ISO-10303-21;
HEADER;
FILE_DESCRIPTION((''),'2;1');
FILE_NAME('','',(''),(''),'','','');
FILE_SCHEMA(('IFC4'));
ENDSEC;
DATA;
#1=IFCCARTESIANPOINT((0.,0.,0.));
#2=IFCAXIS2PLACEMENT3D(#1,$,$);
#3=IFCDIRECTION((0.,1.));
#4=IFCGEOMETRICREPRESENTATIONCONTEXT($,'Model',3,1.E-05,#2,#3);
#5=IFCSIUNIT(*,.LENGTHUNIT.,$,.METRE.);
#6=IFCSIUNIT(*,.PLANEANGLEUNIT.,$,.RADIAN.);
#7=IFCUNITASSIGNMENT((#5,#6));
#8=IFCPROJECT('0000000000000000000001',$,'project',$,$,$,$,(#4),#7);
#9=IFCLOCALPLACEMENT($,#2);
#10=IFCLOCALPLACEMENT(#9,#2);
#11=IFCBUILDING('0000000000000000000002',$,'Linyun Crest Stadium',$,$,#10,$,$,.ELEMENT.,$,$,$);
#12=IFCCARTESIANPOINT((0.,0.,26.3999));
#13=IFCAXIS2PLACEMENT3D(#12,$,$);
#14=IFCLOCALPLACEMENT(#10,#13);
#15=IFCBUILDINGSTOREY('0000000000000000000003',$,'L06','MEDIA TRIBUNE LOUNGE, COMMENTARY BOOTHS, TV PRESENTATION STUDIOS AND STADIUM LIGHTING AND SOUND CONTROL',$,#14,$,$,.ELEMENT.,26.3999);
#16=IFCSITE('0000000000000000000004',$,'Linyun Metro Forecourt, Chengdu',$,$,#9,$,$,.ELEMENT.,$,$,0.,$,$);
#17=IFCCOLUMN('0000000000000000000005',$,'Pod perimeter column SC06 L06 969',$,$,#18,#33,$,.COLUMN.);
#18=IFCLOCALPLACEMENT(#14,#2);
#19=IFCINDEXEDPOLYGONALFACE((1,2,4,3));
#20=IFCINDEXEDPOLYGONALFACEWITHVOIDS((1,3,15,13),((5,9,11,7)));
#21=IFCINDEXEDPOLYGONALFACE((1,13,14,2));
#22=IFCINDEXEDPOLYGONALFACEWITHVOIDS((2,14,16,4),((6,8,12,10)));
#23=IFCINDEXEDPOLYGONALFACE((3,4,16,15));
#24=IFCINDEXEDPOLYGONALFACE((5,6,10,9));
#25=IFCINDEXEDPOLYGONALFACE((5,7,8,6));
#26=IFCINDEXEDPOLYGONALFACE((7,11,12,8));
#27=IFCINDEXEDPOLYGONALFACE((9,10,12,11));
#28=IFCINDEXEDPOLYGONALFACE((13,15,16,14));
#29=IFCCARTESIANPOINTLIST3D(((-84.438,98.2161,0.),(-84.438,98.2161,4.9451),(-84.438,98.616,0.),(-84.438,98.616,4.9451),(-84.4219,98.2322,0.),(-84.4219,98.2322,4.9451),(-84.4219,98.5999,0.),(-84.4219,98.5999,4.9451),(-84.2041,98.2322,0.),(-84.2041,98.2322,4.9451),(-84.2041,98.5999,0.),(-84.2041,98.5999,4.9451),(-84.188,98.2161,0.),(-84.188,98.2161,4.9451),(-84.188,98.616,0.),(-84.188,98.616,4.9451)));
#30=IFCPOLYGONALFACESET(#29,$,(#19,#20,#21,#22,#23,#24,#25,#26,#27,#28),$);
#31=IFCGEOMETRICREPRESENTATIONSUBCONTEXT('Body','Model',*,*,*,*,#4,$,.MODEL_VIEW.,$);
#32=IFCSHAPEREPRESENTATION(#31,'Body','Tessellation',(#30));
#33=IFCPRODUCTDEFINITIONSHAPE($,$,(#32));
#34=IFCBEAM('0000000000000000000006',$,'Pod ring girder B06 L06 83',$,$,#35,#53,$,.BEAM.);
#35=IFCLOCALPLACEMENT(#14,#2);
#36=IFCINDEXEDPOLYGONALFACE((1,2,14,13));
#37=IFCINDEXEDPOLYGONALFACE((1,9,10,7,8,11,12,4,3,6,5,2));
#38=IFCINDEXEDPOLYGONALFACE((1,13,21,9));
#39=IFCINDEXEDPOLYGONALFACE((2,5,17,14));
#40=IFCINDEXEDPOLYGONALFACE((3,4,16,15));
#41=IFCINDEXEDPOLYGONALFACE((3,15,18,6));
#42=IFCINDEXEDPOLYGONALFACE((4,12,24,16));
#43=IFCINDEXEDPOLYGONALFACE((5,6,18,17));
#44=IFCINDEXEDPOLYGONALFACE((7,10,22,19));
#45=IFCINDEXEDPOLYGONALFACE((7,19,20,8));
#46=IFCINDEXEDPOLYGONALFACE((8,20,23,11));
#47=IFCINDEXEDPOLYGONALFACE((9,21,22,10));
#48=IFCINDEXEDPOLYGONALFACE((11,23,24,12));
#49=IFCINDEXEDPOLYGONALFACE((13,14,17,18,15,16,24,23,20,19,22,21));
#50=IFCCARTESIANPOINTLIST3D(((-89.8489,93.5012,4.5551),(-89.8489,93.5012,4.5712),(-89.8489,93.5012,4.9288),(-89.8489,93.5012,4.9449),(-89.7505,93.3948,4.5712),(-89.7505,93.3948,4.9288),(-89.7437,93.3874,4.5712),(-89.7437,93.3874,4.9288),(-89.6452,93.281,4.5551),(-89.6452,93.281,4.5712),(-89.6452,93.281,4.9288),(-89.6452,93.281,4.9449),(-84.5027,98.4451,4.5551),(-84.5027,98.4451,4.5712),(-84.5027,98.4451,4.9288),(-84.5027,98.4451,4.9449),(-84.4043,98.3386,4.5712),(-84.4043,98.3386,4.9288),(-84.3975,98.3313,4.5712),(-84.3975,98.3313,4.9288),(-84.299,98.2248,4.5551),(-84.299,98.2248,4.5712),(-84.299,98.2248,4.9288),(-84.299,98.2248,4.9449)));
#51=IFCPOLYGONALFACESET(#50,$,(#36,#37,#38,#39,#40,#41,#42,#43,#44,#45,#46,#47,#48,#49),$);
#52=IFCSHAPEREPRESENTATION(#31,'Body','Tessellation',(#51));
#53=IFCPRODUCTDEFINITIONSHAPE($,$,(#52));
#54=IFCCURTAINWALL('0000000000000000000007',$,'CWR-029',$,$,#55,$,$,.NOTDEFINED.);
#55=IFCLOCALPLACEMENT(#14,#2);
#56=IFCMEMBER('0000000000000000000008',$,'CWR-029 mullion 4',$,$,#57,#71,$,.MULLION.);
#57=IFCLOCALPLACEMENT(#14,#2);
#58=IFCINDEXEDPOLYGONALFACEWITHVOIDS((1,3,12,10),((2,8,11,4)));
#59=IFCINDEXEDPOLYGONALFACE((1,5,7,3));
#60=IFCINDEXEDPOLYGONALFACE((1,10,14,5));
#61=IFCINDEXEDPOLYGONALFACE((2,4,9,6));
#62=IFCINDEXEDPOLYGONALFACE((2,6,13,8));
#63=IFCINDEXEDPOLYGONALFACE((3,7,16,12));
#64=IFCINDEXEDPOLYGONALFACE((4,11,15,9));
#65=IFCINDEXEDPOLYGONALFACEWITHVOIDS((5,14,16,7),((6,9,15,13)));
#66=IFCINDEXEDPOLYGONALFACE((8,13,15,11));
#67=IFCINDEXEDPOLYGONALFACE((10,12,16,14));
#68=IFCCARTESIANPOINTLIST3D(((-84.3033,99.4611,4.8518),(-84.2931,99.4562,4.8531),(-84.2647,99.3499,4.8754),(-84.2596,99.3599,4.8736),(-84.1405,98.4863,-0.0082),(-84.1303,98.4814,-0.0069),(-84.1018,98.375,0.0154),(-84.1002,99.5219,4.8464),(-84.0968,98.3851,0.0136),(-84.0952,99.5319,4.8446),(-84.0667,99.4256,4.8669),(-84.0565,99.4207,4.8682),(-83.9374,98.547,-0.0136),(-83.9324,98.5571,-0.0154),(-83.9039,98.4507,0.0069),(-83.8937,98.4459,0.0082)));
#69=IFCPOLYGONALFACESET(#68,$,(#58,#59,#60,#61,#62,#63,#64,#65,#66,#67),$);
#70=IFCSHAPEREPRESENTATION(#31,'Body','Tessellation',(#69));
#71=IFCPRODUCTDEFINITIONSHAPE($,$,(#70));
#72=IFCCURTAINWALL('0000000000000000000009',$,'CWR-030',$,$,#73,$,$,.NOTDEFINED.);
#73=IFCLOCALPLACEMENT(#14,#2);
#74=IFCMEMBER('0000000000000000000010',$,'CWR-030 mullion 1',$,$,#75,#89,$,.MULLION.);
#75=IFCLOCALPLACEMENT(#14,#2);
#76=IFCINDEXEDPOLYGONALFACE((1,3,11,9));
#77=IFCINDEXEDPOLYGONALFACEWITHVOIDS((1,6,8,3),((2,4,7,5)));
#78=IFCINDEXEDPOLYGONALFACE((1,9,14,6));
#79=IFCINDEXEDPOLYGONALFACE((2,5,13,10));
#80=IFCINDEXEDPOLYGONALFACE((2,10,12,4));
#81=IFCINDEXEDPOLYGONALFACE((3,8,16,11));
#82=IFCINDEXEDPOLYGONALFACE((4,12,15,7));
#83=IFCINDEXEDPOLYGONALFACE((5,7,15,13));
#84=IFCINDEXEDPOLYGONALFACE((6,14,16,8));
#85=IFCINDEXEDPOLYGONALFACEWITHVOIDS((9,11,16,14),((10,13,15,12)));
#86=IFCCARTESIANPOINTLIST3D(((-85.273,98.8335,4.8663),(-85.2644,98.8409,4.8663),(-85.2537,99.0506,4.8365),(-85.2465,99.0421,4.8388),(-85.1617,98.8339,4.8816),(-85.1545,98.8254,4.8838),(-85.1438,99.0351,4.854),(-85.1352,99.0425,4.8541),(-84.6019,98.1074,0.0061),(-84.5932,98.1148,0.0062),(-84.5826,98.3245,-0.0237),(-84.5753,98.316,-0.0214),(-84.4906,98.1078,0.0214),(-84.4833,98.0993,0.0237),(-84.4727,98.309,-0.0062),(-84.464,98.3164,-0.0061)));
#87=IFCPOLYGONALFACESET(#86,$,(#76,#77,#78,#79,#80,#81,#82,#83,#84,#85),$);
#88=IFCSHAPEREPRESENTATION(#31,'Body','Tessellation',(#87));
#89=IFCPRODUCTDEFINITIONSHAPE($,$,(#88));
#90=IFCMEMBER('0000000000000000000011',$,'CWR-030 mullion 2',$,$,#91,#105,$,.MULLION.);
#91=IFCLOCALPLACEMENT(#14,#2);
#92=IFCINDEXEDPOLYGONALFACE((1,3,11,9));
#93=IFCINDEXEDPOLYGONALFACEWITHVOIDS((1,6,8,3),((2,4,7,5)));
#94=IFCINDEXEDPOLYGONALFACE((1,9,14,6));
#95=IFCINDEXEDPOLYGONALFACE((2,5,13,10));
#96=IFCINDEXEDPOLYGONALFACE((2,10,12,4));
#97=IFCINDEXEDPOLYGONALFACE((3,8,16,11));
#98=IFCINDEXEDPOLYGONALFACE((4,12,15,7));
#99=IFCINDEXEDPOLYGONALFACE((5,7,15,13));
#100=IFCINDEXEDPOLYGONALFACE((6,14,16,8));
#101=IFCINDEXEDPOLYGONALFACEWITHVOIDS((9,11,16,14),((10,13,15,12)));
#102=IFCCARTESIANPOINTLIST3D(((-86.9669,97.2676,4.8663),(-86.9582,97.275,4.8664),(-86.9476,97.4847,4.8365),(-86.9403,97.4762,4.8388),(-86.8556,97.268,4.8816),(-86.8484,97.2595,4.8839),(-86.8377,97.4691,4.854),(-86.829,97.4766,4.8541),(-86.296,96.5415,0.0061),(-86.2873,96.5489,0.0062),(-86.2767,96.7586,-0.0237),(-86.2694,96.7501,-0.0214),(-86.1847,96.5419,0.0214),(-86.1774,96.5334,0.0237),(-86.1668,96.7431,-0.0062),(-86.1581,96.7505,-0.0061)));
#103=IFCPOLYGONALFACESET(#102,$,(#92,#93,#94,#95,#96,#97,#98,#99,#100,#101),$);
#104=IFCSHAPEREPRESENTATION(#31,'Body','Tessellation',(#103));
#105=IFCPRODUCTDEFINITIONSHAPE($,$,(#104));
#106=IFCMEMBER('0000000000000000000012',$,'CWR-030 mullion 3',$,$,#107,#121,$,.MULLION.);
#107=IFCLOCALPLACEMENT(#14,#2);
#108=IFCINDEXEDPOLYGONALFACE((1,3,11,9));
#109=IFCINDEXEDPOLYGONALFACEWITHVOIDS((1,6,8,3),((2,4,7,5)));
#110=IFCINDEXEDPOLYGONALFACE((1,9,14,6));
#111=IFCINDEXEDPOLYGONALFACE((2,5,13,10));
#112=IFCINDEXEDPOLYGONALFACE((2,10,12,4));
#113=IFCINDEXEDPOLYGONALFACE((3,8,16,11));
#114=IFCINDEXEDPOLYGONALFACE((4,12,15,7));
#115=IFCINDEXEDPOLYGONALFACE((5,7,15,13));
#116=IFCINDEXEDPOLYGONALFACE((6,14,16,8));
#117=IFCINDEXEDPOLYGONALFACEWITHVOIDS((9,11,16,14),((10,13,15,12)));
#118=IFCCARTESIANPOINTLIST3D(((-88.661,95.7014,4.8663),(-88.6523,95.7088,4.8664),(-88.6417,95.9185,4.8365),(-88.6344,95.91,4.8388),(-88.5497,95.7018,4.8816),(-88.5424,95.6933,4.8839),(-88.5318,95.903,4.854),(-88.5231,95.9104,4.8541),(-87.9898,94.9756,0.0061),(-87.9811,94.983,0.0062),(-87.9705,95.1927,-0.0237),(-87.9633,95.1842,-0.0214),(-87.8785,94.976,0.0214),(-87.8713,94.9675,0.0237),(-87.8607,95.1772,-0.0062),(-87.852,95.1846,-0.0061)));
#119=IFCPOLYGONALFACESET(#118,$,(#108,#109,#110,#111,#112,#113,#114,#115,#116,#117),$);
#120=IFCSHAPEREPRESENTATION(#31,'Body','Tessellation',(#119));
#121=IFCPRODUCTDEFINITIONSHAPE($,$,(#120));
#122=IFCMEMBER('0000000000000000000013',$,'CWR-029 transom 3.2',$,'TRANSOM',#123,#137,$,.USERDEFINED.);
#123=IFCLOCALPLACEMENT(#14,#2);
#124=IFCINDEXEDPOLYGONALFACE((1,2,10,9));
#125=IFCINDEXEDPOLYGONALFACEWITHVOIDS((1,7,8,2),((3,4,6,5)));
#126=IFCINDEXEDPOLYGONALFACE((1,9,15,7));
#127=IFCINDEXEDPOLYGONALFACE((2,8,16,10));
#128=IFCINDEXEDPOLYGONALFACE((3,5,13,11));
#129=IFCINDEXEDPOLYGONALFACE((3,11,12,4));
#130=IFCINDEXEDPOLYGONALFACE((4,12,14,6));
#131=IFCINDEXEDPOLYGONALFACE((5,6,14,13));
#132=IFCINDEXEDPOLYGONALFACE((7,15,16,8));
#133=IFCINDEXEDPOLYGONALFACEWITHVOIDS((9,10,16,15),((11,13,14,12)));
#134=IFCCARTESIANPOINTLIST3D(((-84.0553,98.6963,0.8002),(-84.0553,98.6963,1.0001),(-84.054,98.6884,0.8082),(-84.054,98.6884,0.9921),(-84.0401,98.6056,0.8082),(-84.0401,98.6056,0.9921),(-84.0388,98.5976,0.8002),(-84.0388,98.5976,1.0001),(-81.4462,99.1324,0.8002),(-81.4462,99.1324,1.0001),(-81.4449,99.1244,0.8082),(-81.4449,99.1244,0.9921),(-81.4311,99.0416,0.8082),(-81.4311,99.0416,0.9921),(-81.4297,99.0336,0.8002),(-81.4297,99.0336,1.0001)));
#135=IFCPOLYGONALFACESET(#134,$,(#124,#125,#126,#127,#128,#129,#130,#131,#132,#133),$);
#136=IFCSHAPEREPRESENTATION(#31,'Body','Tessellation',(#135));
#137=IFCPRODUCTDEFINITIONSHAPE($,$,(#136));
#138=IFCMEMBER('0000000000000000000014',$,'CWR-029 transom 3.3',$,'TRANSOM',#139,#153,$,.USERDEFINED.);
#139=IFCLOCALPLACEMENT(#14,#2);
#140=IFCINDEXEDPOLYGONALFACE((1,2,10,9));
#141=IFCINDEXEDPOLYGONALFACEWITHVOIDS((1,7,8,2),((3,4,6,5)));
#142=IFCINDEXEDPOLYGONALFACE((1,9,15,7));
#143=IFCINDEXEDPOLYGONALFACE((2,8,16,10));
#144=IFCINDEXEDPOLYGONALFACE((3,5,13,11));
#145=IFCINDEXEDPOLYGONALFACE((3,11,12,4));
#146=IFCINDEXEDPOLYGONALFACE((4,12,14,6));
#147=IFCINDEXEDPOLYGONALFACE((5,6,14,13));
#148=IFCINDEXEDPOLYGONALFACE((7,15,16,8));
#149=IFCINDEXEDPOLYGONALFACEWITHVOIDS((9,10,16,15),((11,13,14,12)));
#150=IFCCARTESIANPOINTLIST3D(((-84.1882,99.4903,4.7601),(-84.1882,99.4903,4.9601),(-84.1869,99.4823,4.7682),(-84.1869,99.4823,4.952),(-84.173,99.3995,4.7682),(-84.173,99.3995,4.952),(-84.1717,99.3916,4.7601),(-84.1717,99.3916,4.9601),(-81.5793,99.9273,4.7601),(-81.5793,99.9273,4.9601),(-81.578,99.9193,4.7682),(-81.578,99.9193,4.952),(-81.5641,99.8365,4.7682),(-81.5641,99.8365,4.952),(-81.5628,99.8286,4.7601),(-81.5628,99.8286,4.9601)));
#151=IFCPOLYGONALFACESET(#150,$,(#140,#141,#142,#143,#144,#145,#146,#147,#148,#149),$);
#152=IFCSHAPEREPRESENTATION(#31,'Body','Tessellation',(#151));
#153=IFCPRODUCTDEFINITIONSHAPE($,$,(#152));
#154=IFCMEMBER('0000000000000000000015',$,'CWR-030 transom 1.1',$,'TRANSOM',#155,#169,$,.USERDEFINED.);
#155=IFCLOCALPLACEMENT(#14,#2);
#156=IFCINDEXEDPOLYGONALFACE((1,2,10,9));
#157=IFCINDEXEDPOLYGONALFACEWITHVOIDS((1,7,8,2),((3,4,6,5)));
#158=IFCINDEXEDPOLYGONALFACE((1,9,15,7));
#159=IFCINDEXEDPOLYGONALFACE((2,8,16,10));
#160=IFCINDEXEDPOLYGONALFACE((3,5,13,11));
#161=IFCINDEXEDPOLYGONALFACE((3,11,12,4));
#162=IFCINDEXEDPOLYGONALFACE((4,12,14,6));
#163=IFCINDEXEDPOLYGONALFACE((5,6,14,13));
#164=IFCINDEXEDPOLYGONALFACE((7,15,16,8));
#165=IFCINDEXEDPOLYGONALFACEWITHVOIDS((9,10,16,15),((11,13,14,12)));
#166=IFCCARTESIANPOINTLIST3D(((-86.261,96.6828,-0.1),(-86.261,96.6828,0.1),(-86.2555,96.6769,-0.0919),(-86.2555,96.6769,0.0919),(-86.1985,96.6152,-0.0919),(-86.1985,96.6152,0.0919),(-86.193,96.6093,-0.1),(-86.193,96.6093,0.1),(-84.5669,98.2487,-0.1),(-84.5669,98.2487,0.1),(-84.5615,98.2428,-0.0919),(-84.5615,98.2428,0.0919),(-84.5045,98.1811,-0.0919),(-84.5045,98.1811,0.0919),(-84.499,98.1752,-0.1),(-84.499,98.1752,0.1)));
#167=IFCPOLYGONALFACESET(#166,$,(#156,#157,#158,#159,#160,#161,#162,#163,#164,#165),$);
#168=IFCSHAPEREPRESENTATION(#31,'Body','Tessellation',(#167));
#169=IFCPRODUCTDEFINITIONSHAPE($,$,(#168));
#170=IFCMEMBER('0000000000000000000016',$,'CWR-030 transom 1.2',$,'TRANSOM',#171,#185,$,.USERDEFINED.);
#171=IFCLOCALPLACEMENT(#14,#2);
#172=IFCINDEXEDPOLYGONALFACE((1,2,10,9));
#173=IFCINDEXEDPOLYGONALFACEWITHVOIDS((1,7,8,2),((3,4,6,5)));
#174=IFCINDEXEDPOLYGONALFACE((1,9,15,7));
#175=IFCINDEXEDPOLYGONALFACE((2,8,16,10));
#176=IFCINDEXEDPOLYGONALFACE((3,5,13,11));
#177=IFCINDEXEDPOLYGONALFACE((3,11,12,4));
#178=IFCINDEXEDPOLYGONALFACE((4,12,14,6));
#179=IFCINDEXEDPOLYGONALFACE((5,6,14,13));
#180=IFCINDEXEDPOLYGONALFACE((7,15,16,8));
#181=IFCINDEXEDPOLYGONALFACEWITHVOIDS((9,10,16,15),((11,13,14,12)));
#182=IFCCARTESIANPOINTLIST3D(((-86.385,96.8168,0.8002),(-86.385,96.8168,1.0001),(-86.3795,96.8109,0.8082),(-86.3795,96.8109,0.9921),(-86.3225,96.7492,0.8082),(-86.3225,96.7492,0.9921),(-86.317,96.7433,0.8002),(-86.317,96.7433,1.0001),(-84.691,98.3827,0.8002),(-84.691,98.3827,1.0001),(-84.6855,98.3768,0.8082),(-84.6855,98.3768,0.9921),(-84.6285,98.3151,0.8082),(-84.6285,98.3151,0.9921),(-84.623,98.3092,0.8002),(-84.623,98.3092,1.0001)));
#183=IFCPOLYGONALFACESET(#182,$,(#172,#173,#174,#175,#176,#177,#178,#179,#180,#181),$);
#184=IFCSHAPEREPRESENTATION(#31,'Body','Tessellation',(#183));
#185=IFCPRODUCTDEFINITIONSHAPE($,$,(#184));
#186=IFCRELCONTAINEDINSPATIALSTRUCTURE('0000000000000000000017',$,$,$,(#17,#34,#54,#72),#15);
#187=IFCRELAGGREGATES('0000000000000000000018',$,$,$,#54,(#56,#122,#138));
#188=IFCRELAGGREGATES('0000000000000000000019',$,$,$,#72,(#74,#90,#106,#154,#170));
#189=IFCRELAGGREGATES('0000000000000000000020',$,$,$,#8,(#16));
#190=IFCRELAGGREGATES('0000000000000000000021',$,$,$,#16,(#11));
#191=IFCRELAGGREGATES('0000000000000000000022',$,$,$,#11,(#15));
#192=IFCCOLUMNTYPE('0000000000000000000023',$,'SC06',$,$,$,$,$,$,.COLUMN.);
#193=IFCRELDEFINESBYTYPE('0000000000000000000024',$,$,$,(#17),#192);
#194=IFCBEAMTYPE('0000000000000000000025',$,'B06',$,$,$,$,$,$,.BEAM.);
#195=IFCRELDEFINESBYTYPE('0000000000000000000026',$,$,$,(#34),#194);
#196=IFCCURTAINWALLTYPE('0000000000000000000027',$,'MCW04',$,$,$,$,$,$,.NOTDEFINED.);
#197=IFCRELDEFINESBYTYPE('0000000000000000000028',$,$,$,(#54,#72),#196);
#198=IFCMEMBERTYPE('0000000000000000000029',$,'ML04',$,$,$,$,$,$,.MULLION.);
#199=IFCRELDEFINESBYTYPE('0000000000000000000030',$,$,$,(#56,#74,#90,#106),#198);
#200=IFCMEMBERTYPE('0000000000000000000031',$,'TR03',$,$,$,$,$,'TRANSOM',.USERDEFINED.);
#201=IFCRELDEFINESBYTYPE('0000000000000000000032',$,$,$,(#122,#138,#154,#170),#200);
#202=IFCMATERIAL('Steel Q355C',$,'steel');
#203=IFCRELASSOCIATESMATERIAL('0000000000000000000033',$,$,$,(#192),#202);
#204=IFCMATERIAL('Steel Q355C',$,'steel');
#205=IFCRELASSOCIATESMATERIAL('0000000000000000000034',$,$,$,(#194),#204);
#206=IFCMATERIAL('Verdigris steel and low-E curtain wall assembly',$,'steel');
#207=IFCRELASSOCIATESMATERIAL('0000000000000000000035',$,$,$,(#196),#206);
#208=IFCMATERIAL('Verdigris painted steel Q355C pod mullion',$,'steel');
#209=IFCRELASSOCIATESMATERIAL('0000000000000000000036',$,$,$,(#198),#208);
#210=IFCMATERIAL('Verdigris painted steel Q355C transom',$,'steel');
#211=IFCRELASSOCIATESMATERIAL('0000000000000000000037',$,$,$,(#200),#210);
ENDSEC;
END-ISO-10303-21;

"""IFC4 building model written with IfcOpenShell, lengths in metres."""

from ifc_helpers import new_model, si_unit, direction, frame, origin, origin_2d, place, context, subcontext, project, spatial, hollow_rectangle, i_section, extrude, material, material_profile, profile_set, type_object, element, aggregate, save


model = new_model("IFC4")

# Units and contexts
model_context = context("Model", 3, precision=1e-05, world=origin(), true_north=direction((0.0, 1.0)))
body_context = subcontext(model_context, "Body", "Model", "MODEL_VIEW")
ifc_project = project(units=[si_unit("LENGTHUNIT", "METRE"), si_unit("PLANEANGLEUNIT", "RADIAN")], contexts=[model_context])

# Site, building, storey
site_placement = place(None, origin())
site = spatial("IfcSite", under=ifc_project, at=site_placement, Name="Linyun Metro Forecourt, Chengdu", CompositionType="ELEMENT", RefElevation=0.0)
building_placement = place(site_placement, origin())
building = spatial("IfcBuilding", under=site, at=building_placement, Name="Linyun Crest Stadium", CompositionType="ELEMENT")
storey_placement = place(building_placement, frame((0.0, 0.0, 26.3999)))
storey = spatial("IfcBuildingStorey", under=building, at=storey_placement, Name="L06", Description="MEDIA TRIBUNE LOUNGE, COMMENTARY BOOTHS, TV PRESENTATION STUDIOS AND STADIUM LIGHTING AND SOUND CONTROL", CompositionType="ELEMENT", Elevation=26.3999)

# Column
ifc_material_1 = material(Name="Steel Q355C", Category="steel")
ifc_material_profile_1 = material_profile(ifc_material_1, hollow_rectangle(XDim=0.25, YDim=0.3999, WallThickness=0.0161, at=origin_2d()), Name="RHS 400x250x16")
ifc_profile_set_1 = profile_set([ifc_material_profile_1], Name="Steel Q355C")
column_type = type_object("IfcColumnType", Name="SC06", PredefinedType="COLUMN", material=ifc_profile_set_1)
column_placement = place(storey_placement, frame((-84.313, 98.416, 0.0), z_axis=(0.0, 0.0, 1.0), x_axis=(1.0, 0.0, 0.0)))
element("IfcColumn", 1, at=column_placement, inside=storey, type_object=column_type, Name="Pod perimeter column SC06 L06 969", PredefinedType="COLUMN", context=body_context, shape_type="SweptSolid", body=[
    extrude(hollow_rectangle(XDim=0.25, YDim=0.3999, WallThickness=0.0161, at=origin_2d()), origin(), (0.0, 0.0, 1.0), 4.9451),
])

# Beam
ifc_material_2 = material(Name="Steel Q355C", Category="steel")
ifc_material_profile_2 = material_profile(ifc_material_2, i_section(OverallWidth=0.3, OverallDepth=0.3899, WebThickness=0.01, FlangeThickness=0.0161, at=origin_2d()), Name="HM 390x300")
ifc_profile_set_2 = profile_set([ifc_material_profile_2], Name="Steel Q355C")
beam_type = type_object("IfcBeamType", Name="B06", PredefinedType="BEAM", material=ifc_profile_set_2)
beam_placement = place(storey_placement, frame((-84.4009, 98.335, 4.75), z_axis=(-0.734194, -0.67894, 0.0), x_axis=(0.67894, -0.734194, 0.0)))
element("IfcBeam", 2, at=beam_placement, inside=storey, type_object=beam_type, Name="Pod ring girder B06 L06 83", PredefinedType="BEAM", context=body_context, shape_type="SweptSolid", body=[
    extrude(i_section(OverallWidth=0.3, OverallDepth=0.3899, WebThickness=0.01, FlangeThickness=0.0161, at=origin_2d()), origin(), (0.0, 0.0, 1.0), 7.2817),
])

# Curtain wall, member
ifc_material_3 = material(Name="Verdigris steel and low-E curtain wall assembly", Category="steel")
curtain_wall_type = type_object("IfcCurtainWallType", Name="MCW04", PredefinedType="NOTDEFINED", material=ifc_material_3)
curtain_wall_1_placement = place(storey_placement, origin())
curtain_wall_1 = element("IfcCurtainWall", 3, at=curtain_wall_1_placement, inside=storey, type_object=curtain_wall_type, Name="CWR-029", PredefinedType="NOTDEFINED")
ifc_material_4 = material(Name="Verdigris painted steel Q355C pod mullion", Category="steel")
ifc_material_profile_3 = material_profile(ifc_material_4, hollow_rectangle(XDim=0.1201, YDim=0.22, WallThickness=0.0081, at=origin_2d()), Name="RHS 220x120x8")
ifc_profile_set_3 = profile_set([ifc_material_profile_3], Name="Verdigris painted steel Q355C pod mullion")
member_type_1 = type_object("IfcMemberType", Name="ML04", PredefinedType="MULLION", material=ifc_profile_set_3)
member_1_placement = place(storey_placement, frame((-84.0171, 98.4661, 0.0), z_axis=(-0.032834, 0.196559, 0.979942), x_axis=(-0.322033, 0.926101, -0.19655)))
member_1 = element("IfcMember", 4, at=member_1_placement, type_object=member_type_1, Name="CWR-029 mullion 4", PredefinedType="MULLION", context=body_context, shape_type="SweptSolid", body=[
    extrude(hollow_rectangle(XDim=0.1201, YDim=0.22, WallThickness=0.0081, at=origin_2d()), origin(), (0.0, 0.0, 1.0), 4.9595),
])

# Curtain wall, members
curtain_wall_2_placement = place(storey_placement, origin())
curtain_wall_2 = element("IfcCurtainWall", 5, at=curtain_wall_2_placement, inside=storey, type_object=curtain_wall_type, Name="CWR-030", PredefinedType="NOTDEFINED")
member_2_placement = place(storey_placement, frame((-84.533, 98.2119, 0.0), z_axis=(-0.13532, 0.146396, 0.979927), x_axis=(-0.98691, 0.06766, -0.146392)))
member_2 = element("IfcMember", 6, at=member_2_placement, type_object=member_type_1, Name="CWR-030 mullion 1", PredefinedType="MULLION", context=body_context, shape_type="SweptSolid", body=[
    extrude(hollow_rectangle(XDim=0.1201, YDim=0.22, WallThickness=0.0081, at=origin_2d()), origin(), (0.0, 0.0, 1.0), 4.9597),
])
member_3_placement = place(storey_placement, frame((-86.2271, 96.646, 0.0), z_axis=(-0.135272, 0.146397, 0.979933), x_axis=(-0.986901, 0.067842, -0.146369)))
member_3 = element("IfcMember", 7, at=member_3_placement, type_object=member_type_1, Name="CWR-030 mullion 2", PredefinedType="MULLION", context=body_context, shape_type="SweptSolid", body=[
    extrude(hollow_rectangle(XDim=0.1201, YDim=0.22, WallThickness=0.0081, at=origin_2d()), origin(), (0.0, 0.0, 1.0), 4.9597),
])
member_4_placement = place(storey_placement, frame((-87.9209, 95.0801, 0.0), z_axis=(-0.135321, 0.146348, 0.979934), x_axis=(-0.986925, 0.067498, -0.146367)))
member_4 = element("IfcMember", 8, at=member_4_placement, type_object=member_type_1, Name="CWR-030 mullion 3", PredefinedType="MULLION", context=body_context, shape_type="SweptSolid", body=[
    extrude(hollow_rectangle(XDim=0.1201, YDim=0.22, WallThickness=0.0081, at=origin_2d()), origin(), (0.0, 0.0, 1.0), 4.9597),
])

# Members
ifc_material_5 = material(Name="Verdigris painted steel Q355C transom", Category="steel")
ifc_material_profile_4 = material_profile(ifc_material_5, hollow_rectangle(XDim=0.1001, YDim=0.2, WallThickness=0.0081, at=origin_2d()), Name="RHS 200x100x8")
ifc_profile_set_4 = profile_set([ifc_material_profile_4], Name="Verdigris painted steel Q355C transom")
member_type_2 = type_object("IfcMemberType", Name="TR03", ElementType="TRANSOM", PredefinedType="USERDEFINED", material=ifc_profile_set_4)
member_5_placement = place(storey_placement, frame((-81.438, 99.083, 0.9001), z_axis=(-0.986321, -0.164833, 0.0), x_axis=(0.164833, -0.986321, 0.0)))
member_5 = element("IfcMember", 9, at=member_5_placement, type_object=member_type_2, Name="CWR-029 transom 3.2", ObjectType="TRANSOM", PredefinedType="USERDEFINED", context=body_context, shape_type="SweptSolid", body=[
    extrude(hollow_rectangle(XDim=0.1001, YDim=0.2, WallThickness=0.0081, at=origin_2d()), origin(), (0.0, 0.0, 1.0), 2.6453),
])
member_6_placement = place(storey_placement, frame((-81.571, 99.8779, 4.8601), z_axis=(-0.986259, -0.165207, 0.0), x_axis=(0.165207, -0.986259, 0.0)))
member_6 = element("IfcMember", 10, at=member_6_placement, type_object=member_type_2, Name="CWR-029 transom 3.3", ObjectType="TRANSOM", PredefinedType="USERDEFINED", context=body_context, shape_type="SweptSolid", body=[
    extrude(hollow_rectangle(XDim=0.1001, YDim=0.2, WallThickness=0.0081, at=origin_2d()), origin(), (0.0, 0.0, 1.0), 2.6453),
])
member_7_placement = place(storey_placement, frame((-84.533, 98.2119, 0.0), z_axis=(-0.734341, -0.678781, 0.0), x_axis=(0.678781, -0.734341, 0.0)))
member_7 = element("IfcMember", 11, at=member_7_placement, type_object=member_type_2, Name="CWR-030 transom 1.1", ObjectType="TRANSOM", PredefinedType="USERDEFINED", context=body_context, shape_type="SweptSolid", body=[
    extrude(hollow_rectangle(XDim=0.1001, YDim=0.2, WallThickness=0.0081, at=origin_2d()), origin(), (0.0, 0.0, 1.0), 2.3069),
])
member_8_placement = place(storey_placement, frame((-84.657, 98.3459, 0.9001), z_axis=(-0.734341, -0.678781, 0.0), x_axis=(0.678781, -0.734341, 0.0)))
member_8 = element("IfcMember", 12, at=member_8_placement, type_object=member_type_2, Name="CWR-030 transom 1.2", ObjectType="TRANSOM", PredefinedType="USERDEFINED", context=body_context, shape_type="SweptSolid", body=[
    extrude(hollow_rectangle(XDim=0.1001, YDim=0.2, WallThickness=0.0081, at=origin_2d()), origin(), (0.0, 0.0, 1.0), 2.3069),
])

aggregate(curtain_wall_1, [member_1, member_5, member_6])
aggregate(curtain_wall_2, [member_2, member_3, member_4, member_7, member_8])

save(model, "model.ifc")
